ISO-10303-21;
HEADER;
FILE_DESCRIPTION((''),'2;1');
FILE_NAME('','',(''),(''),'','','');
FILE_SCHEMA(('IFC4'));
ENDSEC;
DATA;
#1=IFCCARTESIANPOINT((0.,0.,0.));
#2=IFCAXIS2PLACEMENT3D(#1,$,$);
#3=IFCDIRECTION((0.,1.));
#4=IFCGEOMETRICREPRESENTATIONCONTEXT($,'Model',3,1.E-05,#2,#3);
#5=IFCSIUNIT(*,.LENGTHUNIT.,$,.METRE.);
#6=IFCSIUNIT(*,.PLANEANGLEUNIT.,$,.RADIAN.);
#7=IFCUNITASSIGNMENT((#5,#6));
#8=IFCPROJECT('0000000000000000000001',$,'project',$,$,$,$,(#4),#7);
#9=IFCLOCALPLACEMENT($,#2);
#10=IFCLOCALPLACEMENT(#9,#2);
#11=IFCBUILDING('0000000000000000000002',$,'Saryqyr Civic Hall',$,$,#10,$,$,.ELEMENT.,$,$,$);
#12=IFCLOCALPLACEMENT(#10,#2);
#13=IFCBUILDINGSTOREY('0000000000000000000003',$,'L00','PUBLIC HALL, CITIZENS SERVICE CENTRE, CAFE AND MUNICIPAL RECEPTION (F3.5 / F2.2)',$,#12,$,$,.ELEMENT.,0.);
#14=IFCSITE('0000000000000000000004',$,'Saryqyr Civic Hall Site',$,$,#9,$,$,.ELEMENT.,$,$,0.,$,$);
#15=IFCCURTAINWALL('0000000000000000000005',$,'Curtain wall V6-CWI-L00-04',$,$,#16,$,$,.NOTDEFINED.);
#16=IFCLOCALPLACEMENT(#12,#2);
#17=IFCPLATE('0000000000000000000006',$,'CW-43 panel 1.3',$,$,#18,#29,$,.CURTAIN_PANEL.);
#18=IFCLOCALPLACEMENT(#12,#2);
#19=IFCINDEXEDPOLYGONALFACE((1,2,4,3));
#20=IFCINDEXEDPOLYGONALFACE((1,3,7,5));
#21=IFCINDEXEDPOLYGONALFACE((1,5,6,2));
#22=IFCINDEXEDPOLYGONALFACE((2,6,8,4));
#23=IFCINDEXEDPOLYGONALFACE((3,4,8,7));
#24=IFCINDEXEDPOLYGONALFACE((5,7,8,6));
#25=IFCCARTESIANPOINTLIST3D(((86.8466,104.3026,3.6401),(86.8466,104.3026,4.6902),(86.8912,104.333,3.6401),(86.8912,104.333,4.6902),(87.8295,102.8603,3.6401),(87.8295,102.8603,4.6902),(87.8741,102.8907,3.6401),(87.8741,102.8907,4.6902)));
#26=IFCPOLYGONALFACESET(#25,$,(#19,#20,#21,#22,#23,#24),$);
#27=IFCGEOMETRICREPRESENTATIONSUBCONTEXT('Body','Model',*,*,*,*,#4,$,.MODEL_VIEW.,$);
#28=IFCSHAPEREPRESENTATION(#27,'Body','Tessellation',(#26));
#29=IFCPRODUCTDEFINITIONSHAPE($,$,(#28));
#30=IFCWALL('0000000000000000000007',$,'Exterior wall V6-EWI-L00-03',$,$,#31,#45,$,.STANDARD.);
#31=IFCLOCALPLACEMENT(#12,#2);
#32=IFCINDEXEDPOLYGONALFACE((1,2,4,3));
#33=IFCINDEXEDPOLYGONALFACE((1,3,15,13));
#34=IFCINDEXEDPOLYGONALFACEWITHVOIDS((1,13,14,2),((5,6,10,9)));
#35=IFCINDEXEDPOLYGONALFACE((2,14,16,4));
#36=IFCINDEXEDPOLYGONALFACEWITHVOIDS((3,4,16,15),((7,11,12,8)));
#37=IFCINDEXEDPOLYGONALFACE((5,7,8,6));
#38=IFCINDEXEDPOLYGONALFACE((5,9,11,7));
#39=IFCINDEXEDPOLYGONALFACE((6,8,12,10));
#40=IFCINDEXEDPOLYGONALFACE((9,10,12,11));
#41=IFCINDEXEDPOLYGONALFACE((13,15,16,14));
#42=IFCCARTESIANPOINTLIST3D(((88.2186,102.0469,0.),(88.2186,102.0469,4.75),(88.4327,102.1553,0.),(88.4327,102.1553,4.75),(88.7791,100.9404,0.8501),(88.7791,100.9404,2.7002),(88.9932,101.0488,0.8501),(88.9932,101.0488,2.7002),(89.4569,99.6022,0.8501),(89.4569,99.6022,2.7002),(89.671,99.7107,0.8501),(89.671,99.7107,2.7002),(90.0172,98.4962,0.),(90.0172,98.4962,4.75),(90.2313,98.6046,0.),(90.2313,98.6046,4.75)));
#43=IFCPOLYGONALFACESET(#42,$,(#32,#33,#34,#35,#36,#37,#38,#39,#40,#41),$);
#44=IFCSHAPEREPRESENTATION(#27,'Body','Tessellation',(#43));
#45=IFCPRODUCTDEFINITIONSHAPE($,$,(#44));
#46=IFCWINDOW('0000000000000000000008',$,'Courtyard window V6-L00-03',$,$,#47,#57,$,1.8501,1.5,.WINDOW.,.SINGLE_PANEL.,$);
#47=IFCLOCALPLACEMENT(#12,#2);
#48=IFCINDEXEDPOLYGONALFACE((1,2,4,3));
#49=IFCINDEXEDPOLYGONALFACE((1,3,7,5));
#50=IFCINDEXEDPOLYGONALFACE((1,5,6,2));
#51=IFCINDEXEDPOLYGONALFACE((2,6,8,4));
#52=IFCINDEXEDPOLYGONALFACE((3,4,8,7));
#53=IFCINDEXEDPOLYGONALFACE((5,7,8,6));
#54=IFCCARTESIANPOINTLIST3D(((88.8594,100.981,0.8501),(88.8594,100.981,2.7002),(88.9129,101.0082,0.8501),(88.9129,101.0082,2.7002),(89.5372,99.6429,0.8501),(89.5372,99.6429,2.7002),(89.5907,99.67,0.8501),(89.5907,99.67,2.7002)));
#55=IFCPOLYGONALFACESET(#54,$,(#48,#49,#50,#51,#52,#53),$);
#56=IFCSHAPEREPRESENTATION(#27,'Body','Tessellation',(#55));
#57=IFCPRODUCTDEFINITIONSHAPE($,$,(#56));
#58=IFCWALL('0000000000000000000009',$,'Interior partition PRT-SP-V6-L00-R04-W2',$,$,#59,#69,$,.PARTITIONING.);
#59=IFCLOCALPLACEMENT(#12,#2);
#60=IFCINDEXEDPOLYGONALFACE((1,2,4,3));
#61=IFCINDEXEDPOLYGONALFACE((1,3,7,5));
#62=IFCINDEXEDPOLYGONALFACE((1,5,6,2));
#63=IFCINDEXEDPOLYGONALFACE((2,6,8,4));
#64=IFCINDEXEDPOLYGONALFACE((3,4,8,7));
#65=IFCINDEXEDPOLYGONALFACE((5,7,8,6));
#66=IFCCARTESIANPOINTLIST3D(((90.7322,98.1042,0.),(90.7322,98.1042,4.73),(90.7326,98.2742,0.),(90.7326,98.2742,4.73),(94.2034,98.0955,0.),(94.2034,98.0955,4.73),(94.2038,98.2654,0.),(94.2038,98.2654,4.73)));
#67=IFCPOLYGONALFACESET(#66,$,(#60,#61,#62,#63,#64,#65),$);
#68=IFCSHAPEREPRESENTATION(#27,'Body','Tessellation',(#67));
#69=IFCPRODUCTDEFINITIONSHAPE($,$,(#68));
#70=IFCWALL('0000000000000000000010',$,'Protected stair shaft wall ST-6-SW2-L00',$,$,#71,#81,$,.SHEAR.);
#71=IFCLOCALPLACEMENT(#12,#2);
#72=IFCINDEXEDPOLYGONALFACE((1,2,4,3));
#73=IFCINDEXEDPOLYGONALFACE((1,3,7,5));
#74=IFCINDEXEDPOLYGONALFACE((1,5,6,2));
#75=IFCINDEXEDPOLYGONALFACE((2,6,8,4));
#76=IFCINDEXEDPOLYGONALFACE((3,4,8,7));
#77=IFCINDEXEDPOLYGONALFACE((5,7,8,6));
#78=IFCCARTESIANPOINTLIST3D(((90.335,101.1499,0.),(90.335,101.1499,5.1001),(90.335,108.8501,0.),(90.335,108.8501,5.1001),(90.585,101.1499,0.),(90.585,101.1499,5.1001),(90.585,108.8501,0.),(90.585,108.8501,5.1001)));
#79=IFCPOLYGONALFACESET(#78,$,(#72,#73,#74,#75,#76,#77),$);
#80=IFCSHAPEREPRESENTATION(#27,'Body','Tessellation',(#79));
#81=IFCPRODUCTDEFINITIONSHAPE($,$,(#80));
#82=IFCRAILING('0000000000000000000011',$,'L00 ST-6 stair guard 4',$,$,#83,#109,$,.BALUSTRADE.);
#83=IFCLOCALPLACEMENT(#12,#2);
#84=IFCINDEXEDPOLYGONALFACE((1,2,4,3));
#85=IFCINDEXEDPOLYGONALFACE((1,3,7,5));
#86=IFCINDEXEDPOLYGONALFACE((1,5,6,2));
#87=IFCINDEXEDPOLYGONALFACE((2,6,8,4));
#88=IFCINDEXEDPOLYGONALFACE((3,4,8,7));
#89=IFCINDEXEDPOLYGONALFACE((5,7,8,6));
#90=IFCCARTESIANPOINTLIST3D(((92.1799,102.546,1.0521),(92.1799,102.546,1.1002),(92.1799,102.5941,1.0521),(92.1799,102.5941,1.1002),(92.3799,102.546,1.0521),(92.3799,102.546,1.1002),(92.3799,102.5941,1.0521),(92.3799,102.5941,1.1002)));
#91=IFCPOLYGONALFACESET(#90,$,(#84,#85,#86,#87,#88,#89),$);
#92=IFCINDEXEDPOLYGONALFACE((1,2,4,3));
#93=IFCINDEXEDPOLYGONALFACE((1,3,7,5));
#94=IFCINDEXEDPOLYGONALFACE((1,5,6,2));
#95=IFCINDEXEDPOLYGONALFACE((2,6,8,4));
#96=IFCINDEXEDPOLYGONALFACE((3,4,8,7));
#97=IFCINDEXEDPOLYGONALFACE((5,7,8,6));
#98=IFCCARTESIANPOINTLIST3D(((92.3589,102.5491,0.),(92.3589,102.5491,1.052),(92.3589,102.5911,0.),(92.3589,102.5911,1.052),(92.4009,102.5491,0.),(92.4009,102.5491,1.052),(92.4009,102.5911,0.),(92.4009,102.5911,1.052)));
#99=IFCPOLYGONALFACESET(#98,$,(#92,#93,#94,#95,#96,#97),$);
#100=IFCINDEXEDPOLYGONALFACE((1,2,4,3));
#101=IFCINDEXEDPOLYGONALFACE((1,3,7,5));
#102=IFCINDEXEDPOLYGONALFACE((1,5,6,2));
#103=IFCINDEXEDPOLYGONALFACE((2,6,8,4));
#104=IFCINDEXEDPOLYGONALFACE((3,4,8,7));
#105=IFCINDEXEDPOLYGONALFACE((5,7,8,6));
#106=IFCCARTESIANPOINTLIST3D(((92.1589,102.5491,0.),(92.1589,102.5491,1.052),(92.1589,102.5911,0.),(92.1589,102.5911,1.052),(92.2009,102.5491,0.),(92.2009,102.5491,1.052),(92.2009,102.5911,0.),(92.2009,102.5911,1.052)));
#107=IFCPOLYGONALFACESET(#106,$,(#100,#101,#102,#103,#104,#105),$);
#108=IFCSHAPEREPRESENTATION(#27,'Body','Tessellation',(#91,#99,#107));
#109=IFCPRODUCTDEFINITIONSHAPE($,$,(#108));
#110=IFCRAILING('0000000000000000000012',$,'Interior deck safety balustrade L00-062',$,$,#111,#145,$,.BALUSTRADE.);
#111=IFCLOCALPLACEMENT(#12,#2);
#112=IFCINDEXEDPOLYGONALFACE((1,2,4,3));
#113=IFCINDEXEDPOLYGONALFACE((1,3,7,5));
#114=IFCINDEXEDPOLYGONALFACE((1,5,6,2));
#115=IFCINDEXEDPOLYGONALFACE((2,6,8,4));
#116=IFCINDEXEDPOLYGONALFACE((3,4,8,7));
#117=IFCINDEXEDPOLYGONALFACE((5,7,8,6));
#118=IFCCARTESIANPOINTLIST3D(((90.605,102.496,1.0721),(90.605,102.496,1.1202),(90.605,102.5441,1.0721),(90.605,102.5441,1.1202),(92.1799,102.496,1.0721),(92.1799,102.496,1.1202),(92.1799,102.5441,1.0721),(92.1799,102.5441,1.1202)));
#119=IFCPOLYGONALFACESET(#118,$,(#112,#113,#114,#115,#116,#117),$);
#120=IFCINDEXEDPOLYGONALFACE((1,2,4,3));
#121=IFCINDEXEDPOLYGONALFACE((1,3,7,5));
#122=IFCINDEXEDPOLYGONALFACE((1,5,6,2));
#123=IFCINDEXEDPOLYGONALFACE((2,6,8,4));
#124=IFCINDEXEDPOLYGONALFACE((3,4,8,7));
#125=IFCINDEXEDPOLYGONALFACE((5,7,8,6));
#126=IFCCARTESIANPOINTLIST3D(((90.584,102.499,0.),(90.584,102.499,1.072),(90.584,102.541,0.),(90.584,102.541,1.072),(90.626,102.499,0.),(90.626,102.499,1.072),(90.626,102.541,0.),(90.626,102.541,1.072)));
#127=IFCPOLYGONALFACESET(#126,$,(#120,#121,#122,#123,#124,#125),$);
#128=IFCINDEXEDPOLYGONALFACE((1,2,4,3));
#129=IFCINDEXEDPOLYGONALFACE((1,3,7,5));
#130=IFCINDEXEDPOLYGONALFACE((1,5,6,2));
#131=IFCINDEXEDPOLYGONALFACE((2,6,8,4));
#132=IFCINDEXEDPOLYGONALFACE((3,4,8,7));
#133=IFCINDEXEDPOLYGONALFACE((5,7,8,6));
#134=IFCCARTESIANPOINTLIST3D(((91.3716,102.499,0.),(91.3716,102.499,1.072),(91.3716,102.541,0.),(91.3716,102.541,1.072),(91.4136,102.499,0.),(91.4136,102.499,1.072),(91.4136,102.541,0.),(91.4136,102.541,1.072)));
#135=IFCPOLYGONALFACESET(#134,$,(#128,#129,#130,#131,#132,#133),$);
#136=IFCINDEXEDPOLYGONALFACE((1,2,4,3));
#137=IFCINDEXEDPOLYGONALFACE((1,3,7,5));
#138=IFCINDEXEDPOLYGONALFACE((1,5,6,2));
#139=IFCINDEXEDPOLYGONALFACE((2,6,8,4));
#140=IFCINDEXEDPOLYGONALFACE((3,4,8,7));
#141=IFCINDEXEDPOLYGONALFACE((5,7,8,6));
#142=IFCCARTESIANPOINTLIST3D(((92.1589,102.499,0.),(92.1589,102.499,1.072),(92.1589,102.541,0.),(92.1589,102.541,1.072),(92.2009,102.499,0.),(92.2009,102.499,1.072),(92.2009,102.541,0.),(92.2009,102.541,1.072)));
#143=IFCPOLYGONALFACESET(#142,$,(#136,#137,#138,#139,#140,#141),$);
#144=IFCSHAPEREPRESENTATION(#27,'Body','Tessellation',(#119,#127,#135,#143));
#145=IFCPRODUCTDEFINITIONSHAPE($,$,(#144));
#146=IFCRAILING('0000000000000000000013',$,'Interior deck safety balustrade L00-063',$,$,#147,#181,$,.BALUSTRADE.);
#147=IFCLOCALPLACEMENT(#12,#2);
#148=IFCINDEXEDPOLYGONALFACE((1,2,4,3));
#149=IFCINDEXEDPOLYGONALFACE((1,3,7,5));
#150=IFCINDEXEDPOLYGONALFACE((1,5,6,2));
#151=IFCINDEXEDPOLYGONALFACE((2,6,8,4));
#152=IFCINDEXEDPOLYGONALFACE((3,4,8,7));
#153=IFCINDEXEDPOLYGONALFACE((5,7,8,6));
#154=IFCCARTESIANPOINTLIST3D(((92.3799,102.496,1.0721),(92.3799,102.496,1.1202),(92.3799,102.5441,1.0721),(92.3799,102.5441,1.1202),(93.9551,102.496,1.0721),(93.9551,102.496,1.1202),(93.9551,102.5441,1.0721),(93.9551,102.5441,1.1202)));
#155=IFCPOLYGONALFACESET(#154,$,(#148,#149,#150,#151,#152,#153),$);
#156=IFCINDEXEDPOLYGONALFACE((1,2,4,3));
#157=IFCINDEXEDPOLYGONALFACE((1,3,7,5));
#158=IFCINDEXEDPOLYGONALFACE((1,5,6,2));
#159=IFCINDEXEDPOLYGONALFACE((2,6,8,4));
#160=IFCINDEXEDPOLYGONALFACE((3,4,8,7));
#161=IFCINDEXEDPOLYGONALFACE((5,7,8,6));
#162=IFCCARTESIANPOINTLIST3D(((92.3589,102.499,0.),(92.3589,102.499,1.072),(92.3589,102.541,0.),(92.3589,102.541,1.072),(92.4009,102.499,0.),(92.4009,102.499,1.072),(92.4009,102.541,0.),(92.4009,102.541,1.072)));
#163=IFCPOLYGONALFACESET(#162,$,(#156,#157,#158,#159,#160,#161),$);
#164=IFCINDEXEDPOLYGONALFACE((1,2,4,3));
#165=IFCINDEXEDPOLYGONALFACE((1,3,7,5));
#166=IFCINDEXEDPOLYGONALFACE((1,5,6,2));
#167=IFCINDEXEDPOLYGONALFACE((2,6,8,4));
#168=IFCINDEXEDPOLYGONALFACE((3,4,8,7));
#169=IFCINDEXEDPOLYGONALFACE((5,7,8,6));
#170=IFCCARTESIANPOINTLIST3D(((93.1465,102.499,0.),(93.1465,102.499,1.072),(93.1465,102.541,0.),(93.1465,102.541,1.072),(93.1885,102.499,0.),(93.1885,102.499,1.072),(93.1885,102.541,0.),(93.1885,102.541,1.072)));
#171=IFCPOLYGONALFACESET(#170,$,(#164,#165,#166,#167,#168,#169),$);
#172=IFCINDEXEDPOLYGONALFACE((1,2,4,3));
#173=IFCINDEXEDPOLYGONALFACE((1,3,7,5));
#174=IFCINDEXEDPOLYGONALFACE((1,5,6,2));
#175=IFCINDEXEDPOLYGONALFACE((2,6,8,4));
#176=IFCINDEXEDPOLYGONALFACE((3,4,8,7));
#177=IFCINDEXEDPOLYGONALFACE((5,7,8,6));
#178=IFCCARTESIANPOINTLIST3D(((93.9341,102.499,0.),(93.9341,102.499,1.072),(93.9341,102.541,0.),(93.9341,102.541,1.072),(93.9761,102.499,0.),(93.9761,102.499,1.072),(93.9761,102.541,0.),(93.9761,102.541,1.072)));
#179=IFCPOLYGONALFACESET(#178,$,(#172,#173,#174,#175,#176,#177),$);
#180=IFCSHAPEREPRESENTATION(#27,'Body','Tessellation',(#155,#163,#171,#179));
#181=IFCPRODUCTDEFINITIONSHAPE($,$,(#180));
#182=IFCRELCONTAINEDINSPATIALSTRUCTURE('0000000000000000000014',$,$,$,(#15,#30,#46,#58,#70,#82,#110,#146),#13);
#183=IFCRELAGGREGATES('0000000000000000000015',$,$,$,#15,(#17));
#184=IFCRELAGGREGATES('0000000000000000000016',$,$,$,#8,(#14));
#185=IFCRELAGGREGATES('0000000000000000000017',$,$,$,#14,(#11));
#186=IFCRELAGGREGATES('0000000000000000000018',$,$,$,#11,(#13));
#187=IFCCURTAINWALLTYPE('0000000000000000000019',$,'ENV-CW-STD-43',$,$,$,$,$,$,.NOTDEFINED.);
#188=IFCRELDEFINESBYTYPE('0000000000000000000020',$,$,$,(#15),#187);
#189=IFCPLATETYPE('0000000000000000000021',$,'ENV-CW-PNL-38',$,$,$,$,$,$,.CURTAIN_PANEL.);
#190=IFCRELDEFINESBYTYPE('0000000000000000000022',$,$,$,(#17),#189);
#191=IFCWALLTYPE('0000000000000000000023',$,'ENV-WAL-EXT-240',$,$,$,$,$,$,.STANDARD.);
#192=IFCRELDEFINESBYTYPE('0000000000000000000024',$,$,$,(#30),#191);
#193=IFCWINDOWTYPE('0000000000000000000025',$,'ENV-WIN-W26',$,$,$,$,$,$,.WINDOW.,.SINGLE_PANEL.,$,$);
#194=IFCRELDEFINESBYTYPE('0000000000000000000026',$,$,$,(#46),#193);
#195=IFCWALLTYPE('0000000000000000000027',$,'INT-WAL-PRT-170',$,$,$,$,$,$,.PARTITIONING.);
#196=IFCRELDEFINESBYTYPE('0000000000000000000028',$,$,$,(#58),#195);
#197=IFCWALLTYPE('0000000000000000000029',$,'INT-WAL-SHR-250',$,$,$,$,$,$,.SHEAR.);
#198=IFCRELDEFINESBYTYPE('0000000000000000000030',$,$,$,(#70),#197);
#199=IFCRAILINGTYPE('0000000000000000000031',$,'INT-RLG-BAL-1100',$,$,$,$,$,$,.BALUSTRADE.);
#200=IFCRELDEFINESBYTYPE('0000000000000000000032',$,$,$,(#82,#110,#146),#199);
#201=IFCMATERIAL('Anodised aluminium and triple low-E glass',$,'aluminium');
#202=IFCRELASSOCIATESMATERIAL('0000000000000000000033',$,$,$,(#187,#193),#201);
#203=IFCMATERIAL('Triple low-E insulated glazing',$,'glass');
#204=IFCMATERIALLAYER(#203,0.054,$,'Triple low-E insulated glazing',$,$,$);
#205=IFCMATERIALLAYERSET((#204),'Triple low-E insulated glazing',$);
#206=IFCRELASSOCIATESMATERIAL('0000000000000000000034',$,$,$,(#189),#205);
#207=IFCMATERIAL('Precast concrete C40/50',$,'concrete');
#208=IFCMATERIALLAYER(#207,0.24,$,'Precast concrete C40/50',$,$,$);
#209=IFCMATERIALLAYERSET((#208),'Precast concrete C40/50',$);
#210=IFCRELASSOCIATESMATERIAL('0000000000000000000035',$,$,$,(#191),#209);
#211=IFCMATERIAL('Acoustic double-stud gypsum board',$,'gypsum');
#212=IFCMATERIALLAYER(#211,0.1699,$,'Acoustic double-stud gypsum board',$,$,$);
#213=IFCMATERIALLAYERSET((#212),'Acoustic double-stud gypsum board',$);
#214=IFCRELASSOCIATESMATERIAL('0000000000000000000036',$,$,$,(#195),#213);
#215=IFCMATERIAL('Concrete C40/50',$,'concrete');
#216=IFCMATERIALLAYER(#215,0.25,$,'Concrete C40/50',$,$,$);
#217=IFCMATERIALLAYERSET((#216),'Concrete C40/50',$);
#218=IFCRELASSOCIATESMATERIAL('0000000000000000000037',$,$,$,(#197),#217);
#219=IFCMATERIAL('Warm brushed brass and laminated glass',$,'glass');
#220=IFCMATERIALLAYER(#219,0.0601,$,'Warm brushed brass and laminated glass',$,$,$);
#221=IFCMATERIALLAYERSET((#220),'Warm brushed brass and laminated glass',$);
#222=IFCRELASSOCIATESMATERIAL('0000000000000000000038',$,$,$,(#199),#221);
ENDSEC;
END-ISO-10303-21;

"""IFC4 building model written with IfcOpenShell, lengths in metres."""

from ifc_helpers import new_model, si_unit, direction, frame, frame_2d, origin, origin_2d, place, context, subcontext, project, spatial, rectangle, extrude, material, layer, layer_set, type_object, element, fill, aggregate, save


model = new_model("IFC4")

# Units and contexts
model_context = context("Model", 3, precision=1e-05, world=origin(), true_north=direction((0.0, 1.0)))
body_context = subcontext(model_context, "Body", "Model", "MODEL_VIEW")
ifc_project = project(units=[si_unit("LENGTHUNIT", "METRE"), si_unit("PLANEANGLEUNIT", "RADIAN")], contexts=[model_context])

# Site, building, storey
site_placement = place(None, origin())
site = spatial("IfcSite", under=ifc_project, at=site_placement, Name="Saryqyr Civic Hall Site", CompositionType="ELEMENT", RefElevation=0.0)
building_placement = place(site_placement, origin())
building = spatial("IfcBuilding", under=site, at=building_placement, Name="Saryqyr Civic Hall", CompositionType="ELEMENT")
storey_placement = place(building_placement, origin())
storey = spatial("IfcBuildingStorey", under=building, at=storey_placement, Name="L00", Description="PUBLIC HALL, CITIZENS SERVICE CENTRE, CAFE AND MUNICIPAL RECEPTION (F3.5 / F2.2)", CompositionType="ELEMENT", Elevation=0.0)

# Shared definitions
ifc_material_1 = material(Name="Concrete C40/50", Category="concrete")

# Shared definitions
ifc_material_2 = material(Name="Anodised aluminium and triple low-E glass", Category="aluminium")

# Curtain wall
curtain_wall_type_1 = type_object("IfcCurtainWallType", Name="ENV-CW-STD-43", PredefinedType="NOTDEFINED", material=ifc_material_2)
curtain_wall_1_placement = place(storey_placement, origin())
curtain_wall_1 = element("IfcCurtainWall", 1, at=curtain_wall_1_placement, inside=storey, type_object=curtain_wall_type_1, Name="Curtain wall V6-CWI-L00-04", PredefinedType="NOTDEFINED")

# Plate
ifc_material_3 = material(Name="Triple low-E insulated glazing", Category="glass")
ifc_layer_1 = layer(ifc_material_3, 0.054, Name="Triple low-E insulated glazing")
ifc_layer_set_1 = layer_set([ifc_layer_1], Name="Triple low-E insulated glazing")
plate_type = type_object("IfcPlateType", Name="ENV-CW-PNL-38", PredefinedType="CURTAIN_PANEL", material=ifc_layer_set_1)
plate_1_placement = place(storey_placement, frame((87.3604, 103.5967, 3.6401), z_axis=(0.0, 0.0, 1.0), x_axis=(-0.563133, 0.826366, 0.0)))
plate_1 = element("IfcPlate", 2, at=plate_1_placement, type_object=plate_type, Name="CW-43 panel 1.3", PredefinedType="CURTAIN_PANEL", context=body_context, shape_type="SweptSolid", body=[
    extrude(rectangle(XDim=1.7454, YDim=0.054, at=origin_2d()), origin(), (0.0, 0.0, 1.0), 1.05),
])
aggregate(curtain_wall_1, [plate_1])

# Wall, opening, window
ifc_material_4 = material(Name="Precast concrete C40/50", Category="concrete")
ifc_layer_2 = layer(ifc_material_4, 0.24, Name="Precast concrete C40/50")
ifc_layer_set_2 = layer_set([ifc_layer_2], Name="Precast concrete C40/50")
wall_type_1 = type_object("IfcWallType", Name="ENV-WAL-EXT-240", PredefinedType="STANDARD", material=ifc_layer_set_2)
wall_1_placement = place(storey_placement, frame((90.1243, 98.5503, 0.0), z_axis=(0.0, 0.0, 1.0), x_axis=(-0.451869, 0.892084, 0.0)))
wall_1 = element("IfcWall", 3, at=wall_1_placement, inside=storey, type_object=wall_type_1, Name="Exterior wall V6-EWI-L00-03", PredefinedType="STANDARD", context=body_context, shape_type="SweptSolid", body=[
    extrude(rectangle(XDim=3.9802, YDim=0.24, at=frame_2d((1.9902, 0.0))), origin(), (0.0, 0.0, 1.0), 4.75),
])
opening_placement = place(wall_1_placement, frame((1.24, 0.0, 0.8501)))
opening = element("IfcOpeningElement", 4, at=opening_placement, cuts=wall_1, PredefinedType="OPENING", context=body_context, shape_type="SweptSolid", body=[
    extrude(rectangle(XDim=1.5, YDim=1.8501, at=frame_2d((0.75, 0.925))), frame((0.0, 0.1299, 0.0), z_axis=(0.0, -1.0, 0.0), x_axis=(1.0, 0.0, 0.0)), (0.0, 0.0, 1.0), 0.26),
])
window_type = type_object("IfcWindowType", Name="ENV-WIN-W26", PartitioningType="SINGLE_PANEL", PredefinedType="WINDOW", material=ifc_material_2)
window_placement = place(opening_placement, origin())
window = element("IfcWindow", 5, at=window_placement, inside=storey, type_object=window_type, Name="Courtyard window V6-L00-03", OverallHeight=1.8501, OverallWidth=1.5, PartitioningType="SINGLE_PANEL", PredefinedType="WINDOW", context=body_context, shape_type="SweptSolid", body=[
    extrude(rectangle(XDim=1.5, YDim=1.8501, at=frame_2d((0.75, 0.925))), frame((0.0, 0.03, 0.0), z_axis=(0.0, -1.0, 0.0), x_axis=(1.0, 0.0, 0.0)), (0.0, 0.0, 1.0), 0.0601),
])
fill(opening, window)

# Walls
ifc_material_5 = material(Name="Acoustic double-stud gypsum board", Category="gypsum")
ifc_layer_3 = layer(ifc_material_5, 0.1699, Name="Acoustic double-stud gypsum board")
ifc_layer_set_3 = layer_set([ifc_layer_3], Name="Acoustic double-stud gypsum board")
wall_type_2 = type_object("IfcWallType", Name="INT-WAL-PRT-170", PredefinedType="PARTITIONING", material=ifc_layer_set_3)
wall_2_placement = place(storey_placement, frame((90.7324, 98.1892, 0.0), z_axis=(0.0, 0.0, 1.0), x_axis=(0.999997, -0.002532, 0.0)))
element("IfcWall", 6, at=wall_2_placement, inside=storey, type_object=wall_type_2, Name="Interior partition PRT-SP-V6-L00-R04-W2", PredefinedType="PARTITIONING", context=body_context, shape_type="SweptSolid", body=[
    extrude(rectangle(XDim=3.4712, YDim=0.1699, at=frame_2d((1.7356, 0.0))), origin(), (0.0, 0.0, 1.0), 4.73),
])
ifc_layer_4 = layer(ifc_material_1, 0.25, Name="Concrete C40/50")
ifc_layer_set_4 = layer_set([ifc_layer_4], Name="Concrete C40/50")
wall_type_3 = type_object("IfcWallType", Name="INT-WAL-SHR-250", PredefinedType="SHEAR", material=ifc_layer_set_4)
wall_3_placement = place(storey_placement, frame((90.46, 101.1499, 0.0), z_axis=(0.0, 0.0, 1.0), x_axis=(0.0, 1.0, 0.0)))
element("IfcWall", 7, at=wall_3_placement, inside=storey, type_object=wall_type_3, Name="Protected stair shaft wall ST-6-SW2-L00", PredefinedType="SHEAR", context=body_context, shape_type="SweptSolid", body=[
    extrude(rectangle(XDim=7.7002, YDim=0.25, at=frame_2d((3.8501, 0.0))), origin(), (0.0, 0.0, 1.0), 5.1001),
])

# Railings
ifc_material_6 = material(Name="Warm brushed brass and laminated glass", Category="glass")
ifc_layer_5 = layer(ifc_material_6, 0.0601, Name="Warm brushed brass and laminated glass")
ifc_layer_set_5 = layer_set([ifc_layer_5], Name="Warm brushed brass and laminated glass")
railing_type = type_object("IfcRailingType", Name="INT-RLG-BAL-1100", PredefinedType="BALUSTRADE", material=ifc_layer_set_5)
railing_1_placement = place(storey_placement, frame((92.3799, 102.5701, 0.0)))
element("IfcRailing", 8, at=railing_1_placement, inside=storey, type_object=railing_type, Name="L00 ST-6 stair guard 4", PredefinedType="BALUSTRADE", context=body_context, shape_type="SweptSolid", body=[
    extrude(rectangle(XDim=0.0481, YDim=0.0481, at=origin_2d()), frame((0.0, 0.0, 1.0762), z_axis=(-1.0, 0.0, 0.0), x_axis=(0.0, -1.0, 0.0)), (0.0, 0.0, 1.0), 0.2),
    extrude(rectangle(XDim=0.042, YDim=0.042, at=origin_2d()), origin(), (0.0, 0.0, 1.0), 1.052),
    extrude(rectangle(XDim=0.042, YDim=0.042, at=origin_2d()), frame((-0.2, 0.0, 0.0)), (0.0, 0.0, 1.0), 1.052),
])
railing_2_placement = place(storey_placement, frame((90.605, 102.52, 0.0)))
element("IfcRailing", 9, at=railing_2_placement, inside=storey, type_object=railing_type, Name="Interior deck safety balustrade L00-062", PredefinedType="BALUSTRADE", context=body_context, shape_type="SweptSolid", body=[
    extrude(rectangle(XDim=0.0481, YDim=0.0481, at=origin_2d()), frame((0.0, 0.0, 1.0962), z_axis=(1.0, 0.0, 0.0), x_axis=(0.0, 1.0, 0.0)), (0.0, 0.0, 1.0), 1.575),
    extrude(rectangle(XDim=0.042, YDim=0.042, at=origin_2d()), origin(), (0.0, 0.0, 1.0), 1.072),
    extrude(rectangle(XDim=0.042, YDim=0.042, at=origin_2d()), frame((0.7876, 0.0, 0.0)), (0.0, 0.0, 1.0), 1.072),
    extrude(rectangle(XDim=0.042, YDim=0.042, at=origin_2d()), frame((1.575, 0.0, 0.0)), (0.0, 0.0, 1.0), 1.072),
])
railing_3_placement = place(storey_placement, frame((92.3799, 102.52, 0.0)))
element("IfcRailing", 10, at=railing_3_placement, inside=storey, type_object=railing_type, Name="Interior deck safety balustrade L00-063", PredefinedType="BALUSTRADE", context=body_context, shape_type="SweptSolid", body=[
    extrude(rectangle(XDim=0.0481, YDim=0.0481, at=origin_2d()), frame((0.0, 0.0, 1.0962), z_axis=(1.0, 0.0, 0.0), x_axis=(0.0, 1.0, 0.0)), (0.0, 0.0, 1.0), 1.5752),
    extrude(rectangle(XDim=0.042, YDim=0.042, at=origin_2d()), origin(), (0.0, 0.0, 1.0), 1.072),
    extrude(rectangle(XDim=0.042, YDim=0.042, at=origin_2d()), frame((0.7876, 0.0, 0.0)), (0.0, 0.0, 1.0), 1.072),
    extrude(rectangle(XDim=0.042, YDim=0.042, at=origin_2d()), frame((1.5752, 0.0, 0.0)), (0.0, 0.0, 1.0), 1.072),
])

save(model, "model.ifc")
